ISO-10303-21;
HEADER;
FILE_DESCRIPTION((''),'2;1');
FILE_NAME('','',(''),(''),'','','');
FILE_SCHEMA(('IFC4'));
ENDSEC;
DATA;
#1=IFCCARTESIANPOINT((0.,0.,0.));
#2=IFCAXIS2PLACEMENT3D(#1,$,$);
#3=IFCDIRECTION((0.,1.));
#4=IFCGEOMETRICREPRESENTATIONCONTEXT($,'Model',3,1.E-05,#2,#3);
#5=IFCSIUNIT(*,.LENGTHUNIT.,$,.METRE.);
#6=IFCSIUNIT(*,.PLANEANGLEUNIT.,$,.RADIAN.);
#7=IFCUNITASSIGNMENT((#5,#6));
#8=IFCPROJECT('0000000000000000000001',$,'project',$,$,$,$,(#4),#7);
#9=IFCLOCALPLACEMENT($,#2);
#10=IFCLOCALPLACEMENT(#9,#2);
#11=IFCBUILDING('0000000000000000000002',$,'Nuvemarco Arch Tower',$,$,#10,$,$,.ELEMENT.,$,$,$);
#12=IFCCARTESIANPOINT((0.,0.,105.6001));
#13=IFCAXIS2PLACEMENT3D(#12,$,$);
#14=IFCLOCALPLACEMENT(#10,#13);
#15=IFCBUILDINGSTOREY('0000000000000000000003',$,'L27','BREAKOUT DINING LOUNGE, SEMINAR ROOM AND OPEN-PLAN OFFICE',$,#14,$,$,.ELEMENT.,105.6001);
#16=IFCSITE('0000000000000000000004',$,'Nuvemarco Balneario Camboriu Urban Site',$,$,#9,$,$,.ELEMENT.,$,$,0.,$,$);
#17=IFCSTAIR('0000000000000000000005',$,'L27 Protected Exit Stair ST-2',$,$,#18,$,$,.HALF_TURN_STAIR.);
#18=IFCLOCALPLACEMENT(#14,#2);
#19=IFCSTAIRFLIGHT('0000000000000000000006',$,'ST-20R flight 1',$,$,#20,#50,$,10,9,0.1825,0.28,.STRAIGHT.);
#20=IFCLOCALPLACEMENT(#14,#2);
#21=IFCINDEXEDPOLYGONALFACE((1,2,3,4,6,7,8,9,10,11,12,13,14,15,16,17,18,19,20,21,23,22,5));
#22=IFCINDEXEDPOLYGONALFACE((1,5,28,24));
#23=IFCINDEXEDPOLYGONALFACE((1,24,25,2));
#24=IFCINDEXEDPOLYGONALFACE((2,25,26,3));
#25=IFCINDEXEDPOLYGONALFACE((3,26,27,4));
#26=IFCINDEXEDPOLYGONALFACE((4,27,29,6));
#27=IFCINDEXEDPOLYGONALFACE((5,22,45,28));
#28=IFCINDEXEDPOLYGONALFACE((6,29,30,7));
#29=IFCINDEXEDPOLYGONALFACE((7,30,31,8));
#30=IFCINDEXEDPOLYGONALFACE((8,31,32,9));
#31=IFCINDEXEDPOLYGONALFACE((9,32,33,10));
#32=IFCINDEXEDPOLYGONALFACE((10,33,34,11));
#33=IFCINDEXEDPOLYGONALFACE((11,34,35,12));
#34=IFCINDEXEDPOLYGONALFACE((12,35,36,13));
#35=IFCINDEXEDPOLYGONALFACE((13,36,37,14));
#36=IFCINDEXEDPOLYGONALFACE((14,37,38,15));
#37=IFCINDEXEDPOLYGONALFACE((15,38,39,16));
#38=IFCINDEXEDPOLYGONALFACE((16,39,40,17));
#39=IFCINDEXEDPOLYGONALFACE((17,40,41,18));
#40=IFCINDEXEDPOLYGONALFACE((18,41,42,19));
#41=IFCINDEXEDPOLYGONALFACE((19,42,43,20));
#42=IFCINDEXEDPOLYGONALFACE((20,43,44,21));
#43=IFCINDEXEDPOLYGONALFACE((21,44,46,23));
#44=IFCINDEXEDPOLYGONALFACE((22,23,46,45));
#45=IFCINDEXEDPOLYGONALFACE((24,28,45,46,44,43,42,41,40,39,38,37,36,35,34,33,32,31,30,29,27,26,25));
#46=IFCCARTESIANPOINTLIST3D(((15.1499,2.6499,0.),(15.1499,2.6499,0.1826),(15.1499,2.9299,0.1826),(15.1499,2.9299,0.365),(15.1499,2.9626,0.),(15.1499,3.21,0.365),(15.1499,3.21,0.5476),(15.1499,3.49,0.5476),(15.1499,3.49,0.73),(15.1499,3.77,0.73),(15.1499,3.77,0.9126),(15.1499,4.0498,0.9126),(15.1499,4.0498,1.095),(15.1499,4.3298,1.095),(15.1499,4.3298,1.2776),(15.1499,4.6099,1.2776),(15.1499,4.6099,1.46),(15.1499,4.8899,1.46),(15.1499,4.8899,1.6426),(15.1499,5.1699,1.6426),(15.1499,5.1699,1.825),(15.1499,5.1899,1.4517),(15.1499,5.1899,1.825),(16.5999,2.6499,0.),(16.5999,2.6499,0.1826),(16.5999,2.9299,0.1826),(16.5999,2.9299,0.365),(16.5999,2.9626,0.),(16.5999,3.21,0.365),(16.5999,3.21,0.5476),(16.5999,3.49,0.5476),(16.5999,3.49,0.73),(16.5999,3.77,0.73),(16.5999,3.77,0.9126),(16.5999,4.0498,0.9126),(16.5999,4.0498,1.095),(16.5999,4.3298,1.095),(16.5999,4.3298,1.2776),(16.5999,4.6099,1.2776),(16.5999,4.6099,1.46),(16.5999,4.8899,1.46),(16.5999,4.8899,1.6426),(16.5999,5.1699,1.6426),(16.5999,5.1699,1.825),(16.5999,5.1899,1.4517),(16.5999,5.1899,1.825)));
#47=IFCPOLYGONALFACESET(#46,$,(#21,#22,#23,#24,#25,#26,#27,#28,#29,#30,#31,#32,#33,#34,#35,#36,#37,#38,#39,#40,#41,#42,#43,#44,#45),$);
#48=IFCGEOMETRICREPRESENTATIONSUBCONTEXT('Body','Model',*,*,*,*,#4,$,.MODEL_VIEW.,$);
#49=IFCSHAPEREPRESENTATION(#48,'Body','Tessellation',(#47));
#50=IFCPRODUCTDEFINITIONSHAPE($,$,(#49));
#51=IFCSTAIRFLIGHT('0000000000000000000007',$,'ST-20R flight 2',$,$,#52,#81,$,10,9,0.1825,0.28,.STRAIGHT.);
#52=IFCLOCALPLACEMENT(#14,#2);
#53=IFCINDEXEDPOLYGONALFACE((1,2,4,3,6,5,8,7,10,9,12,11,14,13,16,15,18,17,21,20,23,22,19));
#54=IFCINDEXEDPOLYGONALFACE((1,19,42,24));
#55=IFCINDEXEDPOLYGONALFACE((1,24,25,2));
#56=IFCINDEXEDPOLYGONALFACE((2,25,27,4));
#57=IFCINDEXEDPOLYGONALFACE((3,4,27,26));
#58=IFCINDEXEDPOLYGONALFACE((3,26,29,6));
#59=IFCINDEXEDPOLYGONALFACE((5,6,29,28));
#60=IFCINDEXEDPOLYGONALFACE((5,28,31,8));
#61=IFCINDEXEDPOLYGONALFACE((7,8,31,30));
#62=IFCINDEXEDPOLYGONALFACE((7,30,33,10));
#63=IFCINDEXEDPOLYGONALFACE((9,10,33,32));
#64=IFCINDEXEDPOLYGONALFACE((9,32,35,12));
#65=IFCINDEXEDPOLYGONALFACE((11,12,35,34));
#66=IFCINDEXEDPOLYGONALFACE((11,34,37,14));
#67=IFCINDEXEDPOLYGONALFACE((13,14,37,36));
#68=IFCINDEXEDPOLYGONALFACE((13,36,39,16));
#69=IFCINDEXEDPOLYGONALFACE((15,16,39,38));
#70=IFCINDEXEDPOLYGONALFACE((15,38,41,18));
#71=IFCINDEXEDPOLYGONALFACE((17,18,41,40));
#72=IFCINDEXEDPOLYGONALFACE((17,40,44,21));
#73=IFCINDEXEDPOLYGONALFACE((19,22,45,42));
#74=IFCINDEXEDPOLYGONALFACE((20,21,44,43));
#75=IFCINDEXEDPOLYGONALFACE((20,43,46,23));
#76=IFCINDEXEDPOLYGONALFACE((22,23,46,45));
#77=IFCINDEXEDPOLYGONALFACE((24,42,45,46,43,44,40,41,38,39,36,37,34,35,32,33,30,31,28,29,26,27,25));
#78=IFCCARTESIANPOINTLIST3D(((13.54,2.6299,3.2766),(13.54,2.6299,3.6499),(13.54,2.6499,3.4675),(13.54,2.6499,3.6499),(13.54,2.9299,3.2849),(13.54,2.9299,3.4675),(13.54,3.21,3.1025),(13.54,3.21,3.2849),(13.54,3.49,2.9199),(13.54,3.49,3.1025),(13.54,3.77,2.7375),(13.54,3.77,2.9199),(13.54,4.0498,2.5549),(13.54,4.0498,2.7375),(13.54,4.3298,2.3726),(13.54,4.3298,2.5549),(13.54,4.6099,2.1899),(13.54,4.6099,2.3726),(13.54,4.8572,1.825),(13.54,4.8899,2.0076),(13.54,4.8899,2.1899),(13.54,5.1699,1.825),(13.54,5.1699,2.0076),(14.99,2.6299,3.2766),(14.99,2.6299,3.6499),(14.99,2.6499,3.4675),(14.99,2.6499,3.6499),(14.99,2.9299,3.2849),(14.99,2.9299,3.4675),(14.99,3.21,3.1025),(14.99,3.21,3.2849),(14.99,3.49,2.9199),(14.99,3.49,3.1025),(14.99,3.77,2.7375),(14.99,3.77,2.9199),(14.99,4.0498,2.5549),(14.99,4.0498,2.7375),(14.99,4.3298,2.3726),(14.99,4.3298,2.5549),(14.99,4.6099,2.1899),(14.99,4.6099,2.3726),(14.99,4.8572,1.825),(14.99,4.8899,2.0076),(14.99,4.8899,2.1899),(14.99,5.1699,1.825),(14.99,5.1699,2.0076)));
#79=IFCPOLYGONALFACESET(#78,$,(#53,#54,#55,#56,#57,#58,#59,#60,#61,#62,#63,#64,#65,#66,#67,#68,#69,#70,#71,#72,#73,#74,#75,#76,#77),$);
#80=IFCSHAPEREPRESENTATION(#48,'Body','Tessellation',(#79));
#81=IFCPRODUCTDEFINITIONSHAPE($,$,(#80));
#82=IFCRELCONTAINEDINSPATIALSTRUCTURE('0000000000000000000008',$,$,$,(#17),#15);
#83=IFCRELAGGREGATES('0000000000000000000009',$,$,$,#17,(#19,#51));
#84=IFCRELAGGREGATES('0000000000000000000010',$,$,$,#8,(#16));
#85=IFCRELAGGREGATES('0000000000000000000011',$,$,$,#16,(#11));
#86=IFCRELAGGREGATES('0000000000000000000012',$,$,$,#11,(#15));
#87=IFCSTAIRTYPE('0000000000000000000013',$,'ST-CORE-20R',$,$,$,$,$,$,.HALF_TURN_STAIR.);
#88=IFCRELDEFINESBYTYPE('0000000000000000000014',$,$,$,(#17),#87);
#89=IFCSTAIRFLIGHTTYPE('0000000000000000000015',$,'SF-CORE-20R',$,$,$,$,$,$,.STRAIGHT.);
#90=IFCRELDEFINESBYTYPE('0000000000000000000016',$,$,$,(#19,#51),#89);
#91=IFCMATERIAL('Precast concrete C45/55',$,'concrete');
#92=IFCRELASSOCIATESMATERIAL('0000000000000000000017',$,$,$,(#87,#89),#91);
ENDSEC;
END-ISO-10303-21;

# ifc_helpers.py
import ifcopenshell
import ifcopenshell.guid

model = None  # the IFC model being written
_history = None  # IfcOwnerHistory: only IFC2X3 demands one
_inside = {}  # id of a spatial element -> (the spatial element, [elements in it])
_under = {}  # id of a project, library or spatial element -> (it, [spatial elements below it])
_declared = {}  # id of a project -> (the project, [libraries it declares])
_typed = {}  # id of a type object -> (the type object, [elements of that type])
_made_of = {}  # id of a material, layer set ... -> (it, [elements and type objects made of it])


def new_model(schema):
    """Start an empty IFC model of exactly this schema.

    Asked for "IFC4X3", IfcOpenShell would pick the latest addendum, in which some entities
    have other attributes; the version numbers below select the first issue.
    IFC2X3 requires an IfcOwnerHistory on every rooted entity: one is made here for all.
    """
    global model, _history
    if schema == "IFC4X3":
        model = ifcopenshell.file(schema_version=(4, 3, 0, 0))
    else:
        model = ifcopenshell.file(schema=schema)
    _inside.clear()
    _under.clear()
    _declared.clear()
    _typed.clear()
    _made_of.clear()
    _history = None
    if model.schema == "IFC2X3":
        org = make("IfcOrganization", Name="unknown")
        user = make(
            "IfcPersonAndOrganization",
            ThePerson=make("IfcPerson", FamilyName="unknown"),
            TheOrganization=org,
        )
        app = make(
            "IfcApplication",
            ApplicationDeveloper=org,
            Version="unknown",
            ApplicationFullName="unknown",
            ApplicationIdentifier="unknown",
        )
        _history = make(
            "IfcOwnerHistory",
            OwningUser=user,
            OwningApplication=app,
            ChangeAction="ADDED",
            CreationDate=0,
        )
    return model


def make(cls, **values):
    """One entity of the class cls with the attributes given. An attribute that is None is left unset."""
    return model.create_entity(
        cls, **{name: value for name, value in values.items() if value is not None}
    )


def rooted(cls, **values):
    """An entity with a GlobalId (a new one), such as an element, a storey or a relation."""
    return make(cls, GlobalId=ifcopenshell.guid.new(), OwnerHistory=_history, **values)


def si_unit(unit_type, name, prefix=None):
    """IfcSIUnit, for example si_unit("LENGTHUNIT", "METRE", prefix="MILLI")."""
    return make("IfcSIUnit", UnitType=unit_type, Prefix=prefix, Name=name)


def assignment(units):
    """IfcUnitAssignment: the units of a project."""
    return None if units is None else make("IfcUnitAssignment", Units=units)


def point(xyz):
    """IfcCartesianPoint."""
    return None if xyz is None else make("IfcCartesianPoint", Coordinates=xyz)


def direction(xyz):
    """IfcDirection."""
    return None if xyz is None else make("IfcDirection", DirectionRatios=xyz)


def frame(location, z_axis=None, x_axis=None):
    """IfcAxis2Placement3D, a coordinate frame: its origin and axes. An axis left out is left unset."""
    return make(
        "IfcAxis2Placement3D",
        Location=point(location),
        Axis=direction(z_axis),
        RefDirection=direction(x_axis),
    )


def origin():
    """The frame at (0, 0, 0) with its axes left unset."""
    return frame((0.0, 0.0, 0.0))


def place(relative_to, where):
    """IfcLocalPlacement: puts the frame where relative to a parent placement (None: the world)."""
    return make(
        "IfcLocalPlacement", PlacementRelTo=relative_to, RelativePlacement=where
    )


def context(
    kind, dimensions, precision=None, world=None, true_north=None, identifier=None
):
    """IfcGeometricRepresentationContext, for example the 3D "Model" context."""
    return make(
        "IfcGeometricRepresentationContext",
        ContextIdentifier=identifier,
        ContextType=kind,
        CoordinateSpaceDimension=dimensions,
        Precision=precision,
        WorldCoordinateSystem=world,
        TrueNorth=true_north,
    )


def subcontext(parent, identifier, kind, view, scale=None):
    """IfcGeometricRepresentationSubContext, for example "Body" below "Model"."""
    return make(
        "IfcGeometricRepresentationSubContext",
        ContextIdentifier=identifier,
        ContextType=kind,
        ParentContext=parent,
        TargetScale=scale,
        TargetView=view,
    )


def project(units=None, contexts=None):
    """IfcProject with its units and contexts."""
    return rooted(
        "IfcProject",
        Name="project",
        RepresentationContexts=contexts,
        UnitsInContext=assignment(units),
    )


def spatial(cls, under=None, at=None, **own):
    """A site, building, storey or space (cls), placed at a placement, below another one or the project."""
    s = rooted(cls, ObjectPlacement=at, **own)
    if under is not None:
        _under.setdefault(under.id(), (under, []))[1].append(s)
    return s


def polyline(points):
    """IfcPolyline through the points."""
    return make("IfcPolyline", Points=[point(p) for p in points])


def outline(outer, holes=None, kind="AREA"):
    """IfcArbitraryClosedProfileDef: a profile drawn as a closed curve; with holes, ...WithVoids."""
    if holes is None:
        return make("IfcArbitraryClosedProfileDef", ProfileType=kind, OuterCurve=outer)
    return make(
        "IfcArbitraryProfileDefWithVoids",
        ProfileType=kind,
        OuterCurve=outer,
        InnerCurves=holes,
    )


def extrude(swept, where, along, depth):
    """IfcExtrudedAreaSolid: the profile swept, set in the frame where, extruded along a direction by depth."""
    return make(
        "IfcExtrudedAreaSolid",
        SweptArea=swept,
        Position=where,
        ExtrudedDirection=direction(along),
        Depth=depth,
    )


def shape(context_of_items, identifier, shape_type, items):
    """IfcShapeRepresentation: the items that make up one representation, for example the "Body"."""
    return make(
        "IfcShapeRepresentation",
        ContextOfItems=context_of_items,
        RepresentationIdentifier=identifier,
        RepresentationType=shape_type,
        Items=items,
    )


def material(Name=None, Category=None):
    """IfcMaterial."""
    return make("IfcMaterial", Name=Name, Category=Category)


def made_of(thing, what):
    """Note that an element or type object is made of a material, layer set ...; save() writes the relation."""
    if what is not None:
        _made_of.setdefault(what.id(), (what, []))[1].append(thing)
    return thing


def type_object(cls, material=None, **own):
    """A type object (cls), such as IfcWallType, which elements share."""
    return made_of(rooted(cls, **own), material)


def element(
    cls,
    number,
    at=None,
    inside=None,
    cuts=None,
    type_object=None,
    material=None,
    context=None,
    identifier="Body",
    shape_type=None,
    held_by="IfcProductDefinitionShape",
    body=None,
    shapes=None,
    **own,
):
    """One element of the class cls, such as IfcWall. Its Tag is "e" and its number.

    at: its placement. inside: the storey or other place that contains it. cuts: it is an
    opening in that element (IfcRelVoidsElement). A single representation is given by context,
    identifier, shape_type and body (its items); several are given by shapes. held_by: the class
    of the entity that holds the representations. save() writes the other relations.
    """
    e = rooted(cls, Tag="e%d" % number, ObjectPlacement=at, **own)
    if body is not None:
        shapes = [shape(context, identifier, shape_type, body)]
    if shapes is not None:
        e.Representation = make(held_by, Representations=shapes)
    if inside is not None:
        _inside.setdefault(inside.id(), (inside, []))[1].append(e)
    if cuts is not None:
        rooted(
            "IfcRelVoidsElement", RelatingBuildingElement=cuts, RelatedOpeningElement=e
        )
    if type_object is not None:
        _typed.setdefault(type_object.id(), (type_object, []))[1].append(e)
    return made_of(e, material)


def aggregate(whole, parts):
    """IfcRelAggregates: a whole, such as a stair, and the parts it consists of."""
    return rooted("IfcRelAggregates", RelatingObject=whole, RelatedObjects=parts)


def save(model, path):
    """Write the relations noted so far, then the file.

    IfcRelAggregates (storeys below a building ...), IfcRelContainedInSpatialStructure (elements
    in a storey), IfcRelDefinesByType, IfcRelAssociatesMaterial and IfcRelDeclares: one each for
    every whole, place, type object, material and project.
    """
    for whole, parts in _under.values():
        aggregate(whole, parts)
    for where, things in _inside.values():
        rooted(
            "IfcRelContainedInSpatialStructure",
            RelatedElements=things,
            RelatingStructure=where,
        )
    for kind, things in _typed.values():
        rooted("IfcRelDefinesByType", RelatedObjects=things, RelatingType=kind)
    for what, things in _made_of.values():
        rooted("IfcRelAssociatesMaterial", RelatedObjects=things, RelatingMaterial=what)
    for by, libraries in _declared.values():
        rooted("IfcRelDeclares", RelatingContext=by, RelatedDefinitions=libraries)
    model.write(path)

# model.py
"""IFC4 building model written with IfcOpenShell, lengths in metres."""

from ifc_helpers import new_model, si_unit, direction, frame, origin, place, context, subcontext, project, spatial, polyline, outline, extrude, material, type_object, element, aggregate, save


model = new_model("IFC4")

# Units and contexts
model_context = context("Model", 3, precision=1e-05, world=origin(), true_north=direction((0.0, 1.0)))
body_context = subcontext(model_context, "Body", "Model", "MODEL_VIEW")
ifc_project = project(units=[si_unit("LENGTHUNIT", "METRE"), si_unit("PLANEANGLEUNIT", "RADIAN")], contexts=[model_context])

# Site, building, storey
site_placement = place(None, origin())
site = spatial("IfcSite", under=ifc_project, at=site_placement, Name="Nuvemarco Balneario Camboriu Urban Site", CompositionType="ELEMENT", RefElevation=0.0)
building_placement = place(site_placement, origin())
building = spatial("IfcBuilding", under=site, at=building_placement, Name="Nuvemarco Arch Tower", CompositionType="ELEMENT")
storey_placement = place(building_placement, frame((0.0, 0.0, 105.6001)))
storey = spatial("IfcBuildingStorey", under=building, at=storey_placement, Name="L27", Description="BREAKOUT DINING LOUNGE, SEMINAR ROOM AND OPEN-PLAN OFFICE", CompositionType="ELEMENT", Elevation=105.6001)

# Shared definitions
ifc_material_1 = material(Name="Precast concrete C45/55", Category="concrete")

# Stair, stair flights
stair_type = type_object("IfcStairType", Name="ST-CORE-20R", PredefinedType="HALF_TURN_STAIR", material=ifc_material_1)
stair_placement = place(storey_placement, origin())
stair = element("IfcStair", 1, at=stair_placement, inside=storey, type_object=stair_type, Name="L27 Protected Exit Stair ST-2", PredefinedType="HALF_TURN_STAIR")
stair_flight_type = type_object("IfcStairFlightType", Name="SF-CORE-20R", PredefinedType="STRAIGHT", material=ifc_material_1)
stair_flight_1_placement = place(storey_placement, frame((15.875, 2.6499, 0.0), z_axis=(0.0, 0.0, 1.0), x_axis=(0.0, 1.0, 0.0)))
stair_flight_1 = element("IfcStairFlight", 2, at=stair_flight_1_placement, type_object=stair_flight_type, Name="ST-20R flight 1", NumberOfRisers=10, NumberOfTreads=9, PredefinedType="STRAIGHT", RiserHeight=0.1825, TreadLength=0.28, context=body_context, shape_type="SweptSolid", body=[
    extrude(outline(polyline([(0.0, 0.0), (0.0, 0.1826), (0.28, 0.1826), (0.28, 0.365), (0.5601, 0.365), (0.5601, 0.5476), (0.8401, 0.5476), (0.8401, 0.73), (1.1201, 0.73), (1.1201, 0.9126), (1.3999, 0.9126), (1.3999, 1.095), (1.6799, 1.095), (1.6799, 1.2776), (1.96, 1.2776), (1.96, 1.46), (2.24, 1.46), (2.24, 1.6426), (2.52, 1.6426), (2.52, 1.825), (2.54, 1.825), (2.54, 1.4517), (0.3127, 0.0), (0.0, 0.0)])), frame((0.0, 0.7251, 0.0), z_axis=(0.0, -1.0, 0.0), x_axis=(1.0, 0.0, 0.0)), (0.0, 0.0, 1.0), 1.45),
])
stair_flight_2_placement = place(storey_placement, frame((14.2649, 5.1699, 1.825), z_axis=(0.0, 0.0, 1.0), x_axis=(0.0, -1.0, 0.0)))
stair_flight_2 = element("IfcStairFlight", 3, at=stair_flight_2_placement, type_object=stair_flight_type, Name="ST-20R flight 2", NumberOfRisers=10, NumberOfTreads=9, PredefinedType="STRAIGHT", RiserHeight=0.1825, TreadLength=0.28, context=body_context, shape_type="SweptSolid", body=[
    extrude(outline(polyline([(0.0, 0.0), (0.0, 0.1826), (0.28, 0.1826), (0.28, 0.365), (0.5601, 0.365), (0.5601, 0.5476), (0.8401, 0.5476), (0.8401, 0.73), (1.1201, 0.73), (1.1201, 0.9126), (1.3999, 0.9126), (1.3999, 1.095), (1.6799, 1.095), (1.6799, 1.2776), (1.96, 1.2776), (1.96, 1.46), (2.24, 1.46), (2.24, 1.6426), (2.52, 1.6426), (2.52, 1.825), (2.54, 1.825), (2.54, 1.4517), (0.3127, 0.0), (0.0, 0.0)])), frame((0.0, 0.7251, 0.0), z_axis=(0.0, -1.0, 0.0), x_axis=(1.0, 0.0, 0.0)), (0.0, 0.0, 1.0), 1.45),
])
aggregate(stair, [stair_flight_1, stair_flight_2])

save(model, "model.ifc")
